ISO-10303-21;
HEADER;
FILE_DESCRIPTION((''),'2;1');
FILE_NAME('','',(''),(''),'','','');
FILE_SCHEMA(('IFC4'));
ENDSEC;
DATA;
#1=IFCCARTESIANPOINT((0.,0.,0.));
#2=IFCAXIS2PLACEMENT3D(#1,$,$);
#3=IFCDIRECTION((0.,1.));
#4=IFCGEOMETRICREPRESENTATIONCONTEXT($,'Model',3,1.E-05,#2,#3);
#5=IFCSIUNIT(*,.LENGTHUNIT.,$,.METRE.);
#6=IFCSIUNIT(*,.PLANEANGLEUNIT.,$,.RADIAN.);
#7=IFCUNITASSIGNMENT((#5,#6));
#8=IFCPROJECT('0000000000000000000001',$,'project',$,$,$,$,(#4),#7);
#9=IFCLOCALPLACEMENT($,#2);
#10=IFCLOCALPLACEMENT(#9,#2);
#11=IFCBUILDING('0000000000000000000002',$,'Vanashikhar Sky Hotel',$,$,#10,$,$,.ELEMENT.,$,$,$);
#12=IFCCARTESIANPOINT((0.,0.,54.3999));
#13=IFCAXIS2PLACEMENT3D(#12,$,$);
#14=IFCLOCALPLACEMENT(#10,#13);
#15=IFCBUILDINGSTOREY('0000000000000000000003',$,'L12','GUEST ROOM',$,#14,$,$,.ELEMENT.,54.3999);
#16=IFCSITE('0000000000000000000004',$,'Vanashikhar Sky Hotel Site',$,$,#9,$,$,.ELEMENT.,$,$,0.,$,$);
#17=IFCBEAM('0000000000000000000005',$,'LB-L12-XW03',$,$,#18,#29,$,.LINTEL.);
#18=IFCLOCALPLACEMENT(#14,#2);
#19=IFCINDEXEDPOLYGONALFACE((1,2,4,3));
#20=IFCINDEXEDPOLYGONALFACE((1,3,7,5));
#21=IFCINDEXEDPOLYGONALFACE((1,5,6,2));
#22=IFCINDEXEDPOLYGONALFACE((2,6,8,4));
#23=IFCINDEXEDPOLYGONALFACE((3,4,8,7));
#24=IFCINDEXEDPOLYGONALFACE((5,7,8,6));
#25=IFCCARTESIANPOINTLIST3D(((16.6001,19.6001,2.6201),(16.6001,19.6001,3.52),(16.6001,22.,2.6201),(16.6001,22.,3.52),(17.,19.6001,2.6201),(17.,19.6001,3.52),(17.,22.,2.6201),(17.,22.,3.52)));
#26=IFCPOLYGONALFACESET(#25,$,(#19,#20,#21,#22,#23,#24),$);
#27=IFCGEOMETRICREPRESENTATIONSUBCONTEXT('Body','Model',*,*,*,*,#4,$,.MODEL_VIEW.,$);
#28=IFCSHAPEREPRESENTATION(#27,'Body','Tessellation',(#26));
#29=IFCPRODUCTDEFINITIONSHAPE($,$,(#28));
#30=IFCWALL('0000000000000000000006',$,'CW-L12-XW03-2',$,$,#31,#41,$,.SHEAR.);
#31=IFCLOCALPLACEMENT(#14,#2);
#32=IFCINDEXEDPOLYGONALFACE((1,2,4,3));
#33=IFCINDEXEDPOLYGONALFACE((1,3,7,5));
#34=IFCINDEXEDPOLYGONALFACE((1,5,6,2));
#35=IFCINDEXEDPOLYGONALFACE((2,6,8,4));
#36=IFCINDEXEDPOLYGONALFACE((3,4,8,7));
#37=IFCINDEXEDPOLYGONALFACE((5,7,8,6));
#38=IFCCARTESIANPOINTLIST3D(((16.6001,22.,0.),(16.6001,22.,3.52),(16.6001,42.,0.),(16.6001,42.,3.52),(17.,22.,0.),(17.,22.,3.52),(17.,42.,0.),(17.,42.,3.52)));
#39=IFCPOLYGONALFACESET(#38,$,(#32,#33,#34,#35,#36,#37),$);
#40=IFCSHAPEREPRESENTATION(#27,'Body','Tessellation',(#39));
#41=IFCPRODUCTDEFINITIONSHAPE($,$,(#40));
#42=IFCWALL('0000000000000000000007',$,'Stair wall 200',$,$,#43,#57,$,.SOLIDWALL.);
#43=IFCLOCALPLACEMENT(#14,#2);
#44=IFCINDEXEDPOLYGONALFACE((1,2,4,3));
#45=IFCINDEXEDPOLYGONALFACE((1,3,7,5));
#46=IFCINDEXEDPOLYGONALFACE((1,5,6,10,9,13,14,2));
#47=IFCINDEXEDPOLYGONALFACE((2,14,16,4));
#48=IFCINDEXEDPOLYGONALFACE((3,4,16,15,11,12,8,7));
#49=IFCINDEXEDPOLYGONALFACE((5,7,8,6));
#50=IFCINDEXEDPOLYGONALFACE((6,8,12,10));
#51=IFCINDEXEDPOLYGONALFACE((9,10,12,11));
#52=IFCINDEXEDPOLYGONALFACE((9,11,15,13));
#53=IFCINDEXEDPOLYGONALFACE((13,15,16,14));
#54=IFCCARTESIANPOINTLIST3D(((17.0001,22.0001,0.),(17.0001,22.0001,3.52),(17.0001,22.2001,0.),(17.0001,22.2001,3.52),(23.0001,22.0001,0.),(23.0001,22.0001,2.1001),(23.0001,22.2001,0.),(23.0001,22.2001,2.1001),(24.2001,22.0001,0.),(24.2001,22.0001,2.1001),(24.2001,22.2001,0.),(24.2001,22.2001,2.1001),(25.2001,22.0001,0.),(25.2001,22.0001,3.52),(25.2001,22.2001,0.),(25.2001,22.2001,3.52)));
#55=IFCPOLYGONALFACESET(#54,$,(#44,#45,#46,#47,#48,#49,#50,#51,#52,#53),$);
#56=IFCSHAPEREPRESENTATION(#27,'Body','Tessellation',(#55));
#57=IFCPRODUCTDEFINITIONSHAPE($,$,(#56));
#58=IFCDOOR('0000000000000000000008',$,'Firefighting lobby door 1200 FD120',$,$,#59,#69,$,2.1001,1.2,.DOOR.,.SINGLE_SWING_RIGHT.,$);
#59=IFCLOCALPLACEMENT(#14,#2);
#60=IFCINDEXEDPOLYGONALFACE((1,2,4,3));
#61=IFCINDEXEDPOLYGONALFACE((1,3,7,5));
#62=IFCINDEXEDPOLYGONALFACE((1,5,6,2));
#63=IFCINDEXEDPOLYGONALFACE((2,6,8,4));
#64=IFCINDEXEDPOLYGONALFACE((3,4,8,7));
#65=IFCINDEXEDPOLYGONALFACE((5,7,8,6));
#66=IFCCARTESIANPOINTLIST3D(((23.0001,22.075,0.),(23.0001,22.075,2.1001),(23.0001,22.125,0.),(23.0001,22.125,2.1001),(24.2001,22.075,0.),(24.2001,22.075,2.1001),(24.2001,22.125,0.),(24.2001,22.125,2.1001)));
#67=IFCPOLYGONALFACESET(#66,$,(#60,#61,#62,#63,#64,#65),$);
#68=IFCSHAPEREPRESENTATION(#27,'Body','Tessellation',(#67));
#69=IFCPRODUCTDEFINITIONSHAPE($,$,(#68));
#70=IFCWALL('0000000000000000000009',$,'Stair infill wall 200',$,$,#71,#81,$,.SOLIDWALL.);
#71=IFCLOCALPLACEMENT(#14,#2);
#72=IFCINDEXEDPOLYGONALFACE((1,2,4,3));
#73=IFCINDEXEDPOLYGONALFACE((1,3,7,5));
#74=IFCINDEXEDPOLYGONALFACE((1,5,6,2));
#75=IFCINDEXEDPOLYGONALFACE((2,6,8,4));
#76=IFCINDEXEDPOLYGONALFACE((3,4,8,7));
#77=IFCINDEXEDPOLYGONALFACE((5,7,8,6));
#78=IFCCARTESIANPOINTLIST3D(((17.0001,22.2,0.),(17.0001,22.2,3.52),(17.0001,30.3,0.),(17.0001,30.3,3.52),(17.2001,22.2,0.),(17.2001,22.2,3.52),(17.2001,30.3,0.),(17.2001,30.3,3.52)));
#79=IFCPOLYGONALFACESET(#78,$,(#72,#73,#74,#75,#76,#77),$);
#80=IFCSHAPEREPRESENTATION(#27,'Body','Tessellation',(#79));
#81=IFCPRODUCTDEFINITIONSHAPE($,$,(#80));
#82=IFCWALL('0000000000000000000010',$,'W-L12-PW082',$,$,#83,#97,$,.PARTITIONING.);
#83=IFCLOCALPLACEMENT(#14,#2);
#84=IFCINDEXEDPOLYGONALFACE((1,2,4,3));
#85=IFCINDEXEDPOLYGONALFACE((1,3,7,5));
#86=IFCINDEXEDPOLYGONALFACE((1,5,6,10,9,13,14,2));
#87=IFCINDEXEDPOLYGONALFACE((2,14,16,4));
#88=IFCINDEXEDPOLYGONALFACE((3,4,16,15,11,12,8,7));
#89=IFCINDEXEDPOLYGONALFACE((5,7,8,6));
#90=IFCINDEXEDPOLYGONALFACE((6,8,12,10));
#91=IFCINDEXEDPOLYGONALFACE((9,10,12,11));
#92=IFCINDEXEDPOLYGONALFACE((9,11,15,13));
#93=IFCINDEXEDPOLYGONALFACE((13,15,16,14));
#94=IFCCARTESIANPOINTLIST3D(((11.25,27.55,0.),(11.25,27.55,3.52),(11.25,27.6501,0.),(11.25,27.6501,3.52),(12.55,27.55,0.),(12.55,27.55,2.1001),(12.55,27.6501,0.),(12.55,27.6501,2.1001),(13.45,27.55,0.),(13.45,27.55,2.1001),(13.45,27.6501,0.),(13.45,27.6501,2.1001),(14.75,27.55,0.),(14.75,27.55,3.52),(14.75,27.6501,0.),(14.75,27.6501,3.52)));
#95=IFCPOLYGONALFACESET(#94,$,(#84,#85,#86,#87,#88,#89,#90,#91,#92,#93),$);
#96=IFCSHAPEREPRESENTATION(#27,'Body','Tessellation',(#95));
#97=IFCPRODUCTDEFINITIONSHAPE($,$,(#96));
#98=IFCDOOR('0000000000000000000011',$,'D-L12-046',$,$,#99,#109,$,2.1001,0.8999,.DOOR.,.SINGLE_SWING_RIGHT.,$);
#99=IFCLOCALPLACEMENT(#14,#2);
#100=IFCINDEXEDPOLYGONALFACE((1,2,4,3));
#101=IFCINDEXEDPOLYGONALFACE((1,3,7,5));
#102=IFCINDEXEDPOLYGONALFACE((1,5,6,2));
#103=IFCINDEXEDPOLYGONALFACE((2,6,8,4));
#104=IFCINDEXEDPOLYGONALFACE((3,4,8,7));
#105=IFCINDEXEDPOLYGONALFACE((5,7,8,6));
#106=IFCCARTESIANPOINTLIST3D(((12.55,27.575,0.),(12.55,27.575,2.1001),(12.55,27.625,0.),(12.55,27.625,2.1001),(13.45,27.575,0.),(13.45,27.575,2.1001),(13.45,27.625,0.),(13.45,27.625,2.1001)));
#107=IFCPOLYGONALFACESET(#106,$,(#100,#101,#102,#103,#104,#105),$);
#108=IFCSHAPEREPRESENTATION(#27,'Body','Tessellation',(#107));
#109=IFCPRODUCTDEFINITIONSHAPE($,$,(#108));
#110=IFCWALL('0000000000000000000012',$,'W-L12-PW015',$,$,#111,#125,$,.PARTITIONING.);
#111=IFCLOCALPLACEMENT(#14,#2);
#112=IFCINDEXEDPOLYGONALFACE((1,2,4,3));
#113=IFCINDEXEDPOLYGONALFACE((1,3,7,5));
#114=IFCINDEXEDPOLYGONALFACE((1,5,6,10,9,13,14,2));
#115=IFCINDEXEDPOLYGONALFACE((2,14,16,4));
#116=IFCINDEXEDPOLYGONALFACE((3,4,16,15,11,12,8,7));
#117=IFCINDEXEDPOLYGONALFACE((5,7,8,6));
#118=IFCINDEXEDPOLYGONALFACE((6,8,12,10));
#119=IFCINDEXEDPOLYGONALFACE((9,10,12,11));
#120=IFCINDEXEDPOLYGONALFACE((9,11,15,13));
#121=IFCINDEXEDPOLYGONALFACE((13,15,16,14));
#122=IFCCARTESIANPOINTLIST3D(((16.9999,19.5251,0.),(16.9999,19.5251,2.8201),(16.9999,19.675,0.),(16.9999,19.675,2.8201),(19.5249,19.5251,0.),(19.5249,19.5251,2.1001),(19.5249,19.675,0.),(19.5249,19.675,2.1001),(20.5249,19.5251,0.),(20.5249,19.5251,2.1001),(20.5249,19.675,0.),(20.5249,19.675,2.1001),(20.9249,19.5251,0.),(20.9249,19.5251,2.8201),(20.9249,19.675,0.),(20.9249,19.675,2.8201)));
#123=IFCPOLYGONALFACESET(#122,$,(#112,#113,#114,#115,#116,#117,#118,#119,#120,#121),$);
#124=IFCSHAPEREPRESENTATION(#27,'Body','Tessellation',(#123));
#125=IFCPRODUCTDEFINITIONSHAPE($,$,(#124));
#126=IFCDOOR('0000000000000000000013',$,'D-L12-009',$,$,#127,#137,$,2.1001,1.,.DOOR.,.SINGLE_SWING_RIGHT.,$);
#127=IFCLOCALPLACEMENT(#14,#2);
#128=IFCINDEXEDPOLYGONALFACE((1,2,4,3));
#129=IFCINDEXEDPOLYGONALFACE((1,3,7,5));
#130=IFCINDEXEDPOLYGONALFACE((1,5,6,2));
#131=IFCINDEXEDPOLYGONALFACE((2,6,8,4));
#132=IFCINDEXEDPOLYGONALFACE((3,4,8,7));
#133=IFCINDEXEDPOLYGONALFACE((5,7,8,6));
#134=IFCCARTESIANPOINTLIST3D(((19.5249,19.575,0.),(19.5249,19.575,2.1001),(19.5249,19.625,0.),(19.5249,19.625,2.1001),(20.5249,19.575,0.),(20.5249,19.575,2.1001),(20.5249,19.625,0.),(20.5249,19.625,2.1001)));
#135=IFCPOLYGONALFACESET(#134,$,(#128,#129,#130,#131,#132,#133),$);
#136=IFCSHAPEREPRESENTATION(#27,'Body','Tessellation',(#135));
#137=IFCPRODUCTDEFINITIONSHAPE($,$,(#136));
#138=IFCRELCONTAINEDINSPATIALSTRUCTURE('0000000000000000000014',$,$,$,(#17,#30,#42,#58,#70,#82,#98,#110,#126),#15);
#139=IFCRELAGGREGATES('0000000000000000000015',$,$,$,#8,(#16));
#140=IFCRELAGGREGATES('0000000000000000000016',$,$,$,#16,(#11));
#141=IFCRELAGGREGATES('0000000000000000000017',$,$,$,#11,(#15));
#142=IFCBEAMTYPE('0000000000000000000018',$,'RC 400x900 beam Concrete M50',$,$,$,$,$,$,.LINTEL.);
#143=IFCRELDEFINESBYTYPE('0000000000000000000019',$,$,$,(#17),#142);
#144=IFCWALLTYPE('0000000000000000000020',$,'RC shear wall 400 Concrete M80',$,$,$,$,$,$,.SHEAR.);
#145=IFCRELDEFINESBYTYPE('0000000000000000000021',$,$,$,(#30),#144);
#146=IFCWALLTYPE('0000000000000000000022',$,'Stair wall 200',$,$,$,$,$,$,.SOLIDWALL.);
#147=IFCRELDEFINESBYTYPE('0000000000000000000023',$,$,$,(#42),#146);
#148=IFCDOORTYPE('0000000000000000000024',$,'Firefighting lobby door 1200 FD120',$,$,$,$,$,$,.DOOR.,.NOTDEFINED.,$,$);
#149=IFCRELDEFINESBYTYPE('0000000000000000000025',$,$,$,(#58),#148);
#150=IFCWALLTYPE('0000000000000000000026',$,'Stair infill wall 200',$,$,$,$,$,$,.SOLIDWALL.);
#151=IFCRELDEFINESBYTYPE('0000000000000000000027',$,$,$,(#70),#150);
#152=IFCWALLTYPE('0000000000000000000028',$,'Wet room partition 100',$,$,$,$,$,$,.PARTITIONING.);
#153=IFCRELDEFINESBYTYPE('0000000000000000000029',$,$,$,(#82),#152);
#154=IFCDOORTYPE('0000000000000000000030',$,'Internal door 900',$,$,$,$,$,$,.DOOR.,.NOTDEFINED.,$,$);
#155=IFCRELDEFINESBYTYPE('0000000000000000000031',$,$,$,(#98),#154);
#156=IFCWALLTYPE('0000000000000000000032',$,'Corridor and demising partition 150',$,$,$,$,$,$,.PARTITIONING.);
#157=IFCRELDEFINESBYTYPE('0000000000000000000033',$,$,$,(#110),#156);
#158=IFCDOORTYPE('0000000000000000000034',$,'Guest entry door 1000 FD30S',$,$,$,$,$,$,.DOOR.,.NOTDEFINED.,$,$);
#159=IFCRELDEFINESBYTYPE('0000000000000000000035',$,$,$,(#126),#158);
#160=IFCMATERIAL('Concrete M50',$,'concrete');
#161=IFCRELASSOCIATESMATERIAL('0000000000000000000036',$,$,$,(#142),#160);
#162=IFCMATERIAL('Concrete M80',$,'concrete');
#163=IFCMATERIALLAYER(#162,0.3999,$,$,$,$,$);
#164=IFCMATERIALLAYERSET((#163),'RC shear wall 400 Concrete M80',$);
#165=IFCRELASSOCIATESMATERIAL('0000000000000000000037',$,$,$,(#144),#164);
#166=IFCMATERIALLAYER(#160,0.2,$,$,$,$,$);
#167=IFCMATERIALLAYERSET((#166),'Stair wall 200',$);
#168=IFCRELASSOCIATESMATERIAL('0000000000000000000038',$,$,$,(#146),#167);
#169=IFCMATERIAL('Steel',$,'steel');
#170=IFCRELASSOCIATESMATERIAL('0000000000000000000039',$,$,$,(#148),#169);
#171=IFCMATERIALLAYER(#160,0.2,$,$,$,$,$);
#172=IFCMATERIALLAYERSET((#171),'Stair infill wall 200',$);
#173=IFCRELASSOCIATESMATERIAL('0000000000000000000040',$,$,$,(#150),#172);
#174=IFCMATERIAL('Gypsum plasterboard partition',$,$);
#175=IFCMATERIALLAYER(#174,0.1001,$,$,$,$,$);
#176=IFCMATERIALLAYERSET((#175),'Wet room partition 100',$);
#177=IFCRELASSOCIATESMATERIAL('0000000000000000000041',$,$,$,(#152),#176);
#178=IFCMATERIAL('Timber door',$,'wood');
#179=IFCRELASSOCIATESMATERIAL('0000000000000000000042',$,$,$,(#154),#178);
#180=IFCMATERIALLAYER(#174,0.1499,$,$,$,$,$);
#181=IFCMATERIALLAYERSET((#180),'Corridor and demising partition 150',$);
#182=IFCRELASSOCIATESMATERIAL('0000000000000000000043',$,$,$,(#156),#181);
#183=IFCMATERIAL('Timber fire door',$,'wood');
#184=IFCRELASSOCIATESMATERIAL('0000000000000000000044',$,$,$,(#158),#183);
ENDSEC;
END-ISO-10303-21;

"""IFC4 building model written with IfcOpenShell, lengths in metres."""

from ifc_helpers import new_model, si_unit, direction, frame, frame_2d, origin, origin_2d, place, context, subcontext, project, spatial, rectangle, extrude, source, transform, mapped, material, layer, layer_set, material_profile, profile_set, type_object, element, fill, save


model = new_model("IFC4")

# Units and contexts
model_context = context("Model", 3, precision=1e-05, world=origin(), true_north=direction((0.0, 1.0)))
body_context = subcontext(model_context, "Body", "Model", "MODEL_VIEW")
ifc_project = project(units=[si_unit("LENGTHUNIT", "METRE"), si_unit("PLANEANGLEUNIT", "RADIAN")], contexts=[model_context])

# Site, building, storey
site_placement = place(None, origin())
site = spatial("IfcSite", under=ifc_project, at=site_placement, Name="Vanashikhar Sky Hotel Site", CompositionType="ELEMENT", RefElevation=0.0)
building_placement = place(site_placement, origin())
building = spatial("IfcBuilding", under=site, at=building_placement, Name="Vanashikhar Sky Hotel", CompositionType="ELEMENT")
storey_placement = place(building_placement, frame((0.0, 0.0, 54.3999)))
storey = spatial("IfcBuildingStorey", under=building, at=storey_placement, Name="L12", Description="GUEST ROOM", CompositionType="ELEMENT", Elevation=54.3999)

# Beam
ifc_material_1 = material(Name="Concrete M50", Category="concrete")
ifc_material_profile = material_profile(ifc_material_1, rectangle(XDim=0.3999, YDim=0.8999, at=origin_2d()))
ifc_profile_set = profile_set([ifc_material_profile], Name="RC 400x900 beam Concrete M50")
beam_type = type_object("IfcBeamType", Name="RC 400x900 beam Concrete M50", PredefinedType="LINTEL", material=ifc_profile_set)
shared_shape_1 = source(origin(), body_context, "Body", "SweptSolid", [
    extrude(rectangle(XDim=0.3999, YDim=0.8999, at=origin_2d()), origin(), (0.0, 0.0, 1.0), 2.3999),
])
beam_placement = place(storey_placement, frame((16.8, 19.6001, 3.0701), z_axis=(0.0, 1.0, 0.0), x_axis=(-1.0, 0.0, 0.0)))
element("IfcBeam", 1, at=beam_placement, inside=storey, type_object=beam_type, Name="LB-L12-XW03", PredefinedType="LINTEL", context=body_context, shape_type="MappedRepresentation", body=[
    mapped(shared_shape_1, transform((0.0, 0.0, 0.0), scale=1.0)),
])

# Wall
ifc_material_2 = material(Name="Concrete M80", Category="concrete")
ifc_layer_1 = layer(ifc_material_2, 0.3999)
ifc_layer_set_1 = layer_set([ifc_layer_1], Name="RC shear wall 400 Concrete M80")
wall_type_1 = type_object("IfcWallType", Name="RC shear wall 400 Concrete M80", PredefinedType="SHEAR", material=ifc_layer_set_1)
shared_shape_2 = source(origin(), body_context, "Body", "SweptSolid", [
    extrude(rectangle(XDim=20.0, YDim=0.3999, at=frame_2d((10.0, 0.0))), origin(), (0.0, 0.0, 1.0), 3.52),
])
wall_1_placement = place(storey_placement, frame((16.8, 22.0, 0.0), z_axis=(0.0, 0.0, 1.0), x_axis=(0.0, 1.0, 0.0)))
element("IfcWall", 2, at=wall_1_placement, inside=storey, type_object=wall_type_1, Name="CW-L12-XW03-2", PredefinedType="SHEAR", context=body_context, shape_type="MappedRepresentation", body=[
    mapped(shared_shape_2, transform((0.0, 0.0, 0.0), scale=1.0)),
])

# Wall, opening, door
ifc_layer_2 = layer(ifc_material_1, 0.2)
ifc_layer_set_2 = layer_set([ifc_layer_2], Name="Stair wall 200")
wall_type_2 = type_object("IfcWallType", Name="Stair wall 200", PredefinedType="SOLIDWALL", material=ifc_layer_set_2)
shared_shape_3 = source(origin(), body_context, "Body", "SweptSolid", [
    extrude(rectangle(XDim=8.2, YDim=0.2, at=frame_2d((4.1001, 0.0))), origin(), (0.0, 0.0, 1.0), 3.52),
])
wall_2_placement = place(storey_placement, frame((17.0, 22.1001, 0.0), z_axis=(0.0, 0.0, 1.0), x_axis=(1.0, 0.0, 0.0)))
wall_2 = element("IfcWall", 3, at=wall_2_placement, inside=storey, type_object=wall_type_2, Name="Stair wall 200", PredefinedType="SOLIDWALL", context=body_context, shape_type="MappedRepresentation", body=[
    mapped(shared_shape_3, transform((0.0, 0.0, 0.0), scale=1.0)),
])
shared_shape_4 = source(origin(), body_context, "Body", "SweptSolid", [
    extrude(rectangle(XDim=1.2, YDim=2.1001, at=frame_2d((0.6001, 1.05))), frame((0.0, 0.1099, 0.0), z_axis=(0.0, -1.0, 0.0), x_axis=(1.0, 0.0, 0.0)), (0.0, 0.0, 1.0), 0.22),
])
opening_1_placement = place(wall_2_placement, frame((6.0, 0.0, 0.0)))
opening_1 = element("IfcOpeningElement", 4, at=opening_1_placement, cuts=wall_2, PredefinedType="OPENING", context=body_context, shape_type="MappedRepresentation", body=[
    mapped(shared_shape_4, transform((0.0, 0.0, 0.0), scale=1.0)),
])
ifc_material_3 = material(Name="Steel", Category="steel")
door_type_1 = type_object("IfcDoorType", Name="Firefighting lobby door 1200 FD120", OperationType="NOTDEFINED", PredefinedType="DOOR", material=ifc_material_3)
shared_shape_5 = source(origin(), body_context, "Body", "SweptSolid", [
    extrude(rectangle(XDim=1.2, YDim=2.1001, at=frame_2d((0.6001, 1.05))), frame((0.0, 0.0249, 0.0), z_axis=(0.0, -1.0, 0.0), x_axis=(1.0, 0.0, 0.0)), (0.0, 0.0, 1.0), 0.05),
])
door_1_placement = place(opening_1_placement, origin())
door_1 = element("IfcDoor", 5, at=door_1_placement, inside=storey, type_object=door_type_1, Name="Firefighting lobby door 1200 FD120", OperationType="SINGLE_SWING_RIGHT", OverallHeight=2.1001, OverallWidth=1.2, PredefinedType="DOOR", context=body_context, shape_type="MappedRepresentation", body=[
    mapped(shared_shape_5, transform((0.0, 0.0, 0.0), scale=1.0)),
])
fill(opening_1, door_1)

# Wall
ifc_layer_3 = layer(ifc_material_1, 0.2)
ifc_layer_set_3 = layer_set([ifc_layer_3], Name="Stair infill wall 200")
wall_type_3 = type_object("IfcWallType", Name="Stair infill wall 200", PredefinedType="SOLIDWALL", material=ifc_layer_set_3)
shared_shape_6 = source(origin(), body_context, "Body", "SweptSolid", [
    extrude(rectangle(XDim=8.1001, YDim=0.2, at=frame_2d((4.05, 0.0))), origin(), (0.0, 0.0, 1.0), 3.52),
])
wall_3_placement = place(storey_placement, frame((17.1001, 22.2, 0.0), z_axis=(0.0, 0.0, 1.0), x_axis=(0.0, 1.0, 0.0)))
element("IfcWall", 6, at=wall_3_placement, inside=storey, type_object=wall_type_3, Name="Stair infill wall 200", PredefinedType="SOLIDWALL", context=body_context, shape_type="MappedRepresentation", body=[
    mapped(shared_shape_6, transform((0.0, 0.0, 0.0), scale=1.0)),
])

# Walls, openings, doors
ifc_material_4 = material(Name="Gypsum plasterboard partition")
ifc_layer_4 = layer(ifc_material_4, 0.1001)
ifc_layer_set_4 = layer_set([ifc_layer_4], Name="Wet room partition 100")
wall_type_4 = type_object("IfcWallType", Name="Wet room partition 100", PredefinedType="PARTITIONING", material=ifc_layer_set_4)
shared_shape_7 = source(origin(), body_context, "Body", "SweptSolid", [
    extrude(rectangle(XDim=3.5, YDim=0.1001, at=frame_2d((1.75, 0.0))), origin(), (0.0, 0.0, 1.0), 3.52),
])
wall_4_placement = place(storey_placement, frame((11.25, 27.6001, 0.0), z_axis=(0.0, 0.0, 1.0), x_axis=(1.0, 0.0, 0.0)))
wall_4 = element("IfcWall", 7, at=wall_4_placement, inside=storey, type_object=wall_type_4, Name="W-L12-PW082", PredefinedType="PARTITIONING", context=body_context, shape_type="MappedRepresentation", body=[
    mapped(shared_shape_7, transform((0.0, 0.0, 0.0), scale=1.0)),
])
shared_shape_8 = source(origin(), body_context, "Body", "SweptSolid", [
    extrude(rectangle(XDim=0.8999, YDim=2.1001, at=frame_2d((0.45, 1.05))), frame((0.0, 0.0601, 0.0), z_axis=(0.0, -1.0, 0.0), x_axis=(1.0, 0.0, 0.0)), (0.0, 0.0, 1.0), 0.1201),
])
opening_2_placement = place(wall_4_placement, frame((1.3, 0.0, 0.0)))
opening_2 = element("IfcOpeningElement", 8, at=opening_2_placement, cuts=wall_4, PredefinedType="OPENING", context=body_context, shape_type="MappedRepresentation", body=[
    mapped(shared_shape_8, transform((0.0, 0.0, 0.0), scale=1.0)),
])
ifc_material_5 = material(Name="Timber door", Category="wood")
door_type_2 = type_object("IfcDoorType", Name="Internal door 900", OperationType="NOTDEFINED", PredefinedType="DOOR", material=ifc_material_5)
shared_shape_9 = source(origin(), body_context, "Body", "SweptSolid", [
    extrude(rectangle(XDim=0.8999, YDim=2.1001, at=frame_2d((0.45, 1.05))), frame((0.0, 0.0249, 0.0), z_axis=(0.0, -1.0, 0.0), x_axis=(1.0, 0.0, 0.0)), (0.0, 0.0, 1.0), 0.05),
])
door_2_placement = place(opening_2_placement, origin())
door_2 = element("IfcDoor", 9, at=door_2_placement, inside=storey, type_object=door_type_2, Name="D-L12-046", OperationType="SINGLE_SWING_RIGHT", OverallHeight=2.1001, OverallWidth=0.8999, PredefinedType="DOOR", context=body_context, shape_type="MappedRepresentation", body=[
    mapped(shared_shape_9, transform((0.0, 0.0, 0.0), scale=1.0)),
])
fill(opening_2, door_2)
ifc_layer_5 = layer(ifc_material_4, 0.1499)
ifc_layer_set_5 = layer_set([ifc_layer_5], Name="Corridor and demising partition 150")
wall_type_5 = type_object("IfcWallType", Name="Corridor and demising partition 150", PredefinedType="PARTITIONING", material=ifc_layer_set_5)
shared_shape_10 = source(origin(), body_context, "Body", "SweptSolid", [
    extrude(rectangle(XDim=3.925, YDim=0.1499, at=frame_2d((1.9624, 0.0))), origin(), (0.0, 0.0, 1.0), 2.8201),
])
wall_5_placement = place(storey_placement, frame((17.0, 19.6001, 0.0), z_axis=(0.0, 0.0, 1.0), x_axis=(1.0, 0.0, 0.0)))
wall_5 = element("IfcWall", 10, at=wall_5_placement, inside=storey, type_object=wall_type_5, Name="W-L12-PW015", PredefinedType="PARTITIONING", context=body_context, shape_type="MappedRepresentation", body=[
    mapped(shared_shape_10, transform((0.0, 0.0, 0.0), scale=1.0)),
])
shared_shape_11 = source(origin(), body_context, "Body", "SweptSolid", [
    extrude(rectangle(XDim=1.0, YDim=2.1001, at=frame_2d((0.5, 1.05))), frame((0.0, 0.085, 0.0), z_axis=(0.0, -1.0, 0.0), x_axis=(1.0, 0.0, 0.0)), (0.0, 0.0, 1.0), 0.1699),
])
opening_3_placement = place(wall_5_placement, frame((2.5249, 0.0, 0.0)))
opening_3 = element("IfcOpeningElement", 11, at=opening_3_placement, cuts=wall_5, PredefinedType="OPENING", context=body_context, shape_type="MappedRepresentation", body=[
    mapped(shared_shape_11, transform((0.0, 0.0, 0.0), scale=1.0)),
])
ifc_material_6 = material(Name="Timber fire door", Category="wood")
door_type_3 = type_object("IfcDoorType", Name="Guest entry door 1000 FD30S", OperationType="NOTDEFINED", PredefinedType="DOOR", material=ifc_material_6)
shared_shape_12 = source(origin(), body_context, "Body", "SweptSolid", [
    extrude(rectangle(XDim=1.0, YDim=2.1001, at=frame_2d((0.5, 1.05))), frame((0.0, 0.0249, 0.0), z_axis=(0.0, -1.0, 0.0), x_axis=(1.0, 0.0, 0.0)), (0.0, 0.0, 1.0), 0.05),
])
door_3_placement = place(opening_3_placement, origin())
door_3 = element("IfcDoor", 12, at=door_3_placement, inside=storey, type_object=door_type_3, Name="D-L12-009", OperationType="SINGLE_SWING_RIGHT", OverallHeight=2.1001, OverallWidth=1.0, PredefinedType="DOOR", context=body_context, shape_type="MappedRepresentation", body=[
    mapped(shared_shape_12, transform((0.0, 0.0, 0.0), scale=1.0)),
])
fill(opening_3, door_3)

save(model, "model.ifc")
